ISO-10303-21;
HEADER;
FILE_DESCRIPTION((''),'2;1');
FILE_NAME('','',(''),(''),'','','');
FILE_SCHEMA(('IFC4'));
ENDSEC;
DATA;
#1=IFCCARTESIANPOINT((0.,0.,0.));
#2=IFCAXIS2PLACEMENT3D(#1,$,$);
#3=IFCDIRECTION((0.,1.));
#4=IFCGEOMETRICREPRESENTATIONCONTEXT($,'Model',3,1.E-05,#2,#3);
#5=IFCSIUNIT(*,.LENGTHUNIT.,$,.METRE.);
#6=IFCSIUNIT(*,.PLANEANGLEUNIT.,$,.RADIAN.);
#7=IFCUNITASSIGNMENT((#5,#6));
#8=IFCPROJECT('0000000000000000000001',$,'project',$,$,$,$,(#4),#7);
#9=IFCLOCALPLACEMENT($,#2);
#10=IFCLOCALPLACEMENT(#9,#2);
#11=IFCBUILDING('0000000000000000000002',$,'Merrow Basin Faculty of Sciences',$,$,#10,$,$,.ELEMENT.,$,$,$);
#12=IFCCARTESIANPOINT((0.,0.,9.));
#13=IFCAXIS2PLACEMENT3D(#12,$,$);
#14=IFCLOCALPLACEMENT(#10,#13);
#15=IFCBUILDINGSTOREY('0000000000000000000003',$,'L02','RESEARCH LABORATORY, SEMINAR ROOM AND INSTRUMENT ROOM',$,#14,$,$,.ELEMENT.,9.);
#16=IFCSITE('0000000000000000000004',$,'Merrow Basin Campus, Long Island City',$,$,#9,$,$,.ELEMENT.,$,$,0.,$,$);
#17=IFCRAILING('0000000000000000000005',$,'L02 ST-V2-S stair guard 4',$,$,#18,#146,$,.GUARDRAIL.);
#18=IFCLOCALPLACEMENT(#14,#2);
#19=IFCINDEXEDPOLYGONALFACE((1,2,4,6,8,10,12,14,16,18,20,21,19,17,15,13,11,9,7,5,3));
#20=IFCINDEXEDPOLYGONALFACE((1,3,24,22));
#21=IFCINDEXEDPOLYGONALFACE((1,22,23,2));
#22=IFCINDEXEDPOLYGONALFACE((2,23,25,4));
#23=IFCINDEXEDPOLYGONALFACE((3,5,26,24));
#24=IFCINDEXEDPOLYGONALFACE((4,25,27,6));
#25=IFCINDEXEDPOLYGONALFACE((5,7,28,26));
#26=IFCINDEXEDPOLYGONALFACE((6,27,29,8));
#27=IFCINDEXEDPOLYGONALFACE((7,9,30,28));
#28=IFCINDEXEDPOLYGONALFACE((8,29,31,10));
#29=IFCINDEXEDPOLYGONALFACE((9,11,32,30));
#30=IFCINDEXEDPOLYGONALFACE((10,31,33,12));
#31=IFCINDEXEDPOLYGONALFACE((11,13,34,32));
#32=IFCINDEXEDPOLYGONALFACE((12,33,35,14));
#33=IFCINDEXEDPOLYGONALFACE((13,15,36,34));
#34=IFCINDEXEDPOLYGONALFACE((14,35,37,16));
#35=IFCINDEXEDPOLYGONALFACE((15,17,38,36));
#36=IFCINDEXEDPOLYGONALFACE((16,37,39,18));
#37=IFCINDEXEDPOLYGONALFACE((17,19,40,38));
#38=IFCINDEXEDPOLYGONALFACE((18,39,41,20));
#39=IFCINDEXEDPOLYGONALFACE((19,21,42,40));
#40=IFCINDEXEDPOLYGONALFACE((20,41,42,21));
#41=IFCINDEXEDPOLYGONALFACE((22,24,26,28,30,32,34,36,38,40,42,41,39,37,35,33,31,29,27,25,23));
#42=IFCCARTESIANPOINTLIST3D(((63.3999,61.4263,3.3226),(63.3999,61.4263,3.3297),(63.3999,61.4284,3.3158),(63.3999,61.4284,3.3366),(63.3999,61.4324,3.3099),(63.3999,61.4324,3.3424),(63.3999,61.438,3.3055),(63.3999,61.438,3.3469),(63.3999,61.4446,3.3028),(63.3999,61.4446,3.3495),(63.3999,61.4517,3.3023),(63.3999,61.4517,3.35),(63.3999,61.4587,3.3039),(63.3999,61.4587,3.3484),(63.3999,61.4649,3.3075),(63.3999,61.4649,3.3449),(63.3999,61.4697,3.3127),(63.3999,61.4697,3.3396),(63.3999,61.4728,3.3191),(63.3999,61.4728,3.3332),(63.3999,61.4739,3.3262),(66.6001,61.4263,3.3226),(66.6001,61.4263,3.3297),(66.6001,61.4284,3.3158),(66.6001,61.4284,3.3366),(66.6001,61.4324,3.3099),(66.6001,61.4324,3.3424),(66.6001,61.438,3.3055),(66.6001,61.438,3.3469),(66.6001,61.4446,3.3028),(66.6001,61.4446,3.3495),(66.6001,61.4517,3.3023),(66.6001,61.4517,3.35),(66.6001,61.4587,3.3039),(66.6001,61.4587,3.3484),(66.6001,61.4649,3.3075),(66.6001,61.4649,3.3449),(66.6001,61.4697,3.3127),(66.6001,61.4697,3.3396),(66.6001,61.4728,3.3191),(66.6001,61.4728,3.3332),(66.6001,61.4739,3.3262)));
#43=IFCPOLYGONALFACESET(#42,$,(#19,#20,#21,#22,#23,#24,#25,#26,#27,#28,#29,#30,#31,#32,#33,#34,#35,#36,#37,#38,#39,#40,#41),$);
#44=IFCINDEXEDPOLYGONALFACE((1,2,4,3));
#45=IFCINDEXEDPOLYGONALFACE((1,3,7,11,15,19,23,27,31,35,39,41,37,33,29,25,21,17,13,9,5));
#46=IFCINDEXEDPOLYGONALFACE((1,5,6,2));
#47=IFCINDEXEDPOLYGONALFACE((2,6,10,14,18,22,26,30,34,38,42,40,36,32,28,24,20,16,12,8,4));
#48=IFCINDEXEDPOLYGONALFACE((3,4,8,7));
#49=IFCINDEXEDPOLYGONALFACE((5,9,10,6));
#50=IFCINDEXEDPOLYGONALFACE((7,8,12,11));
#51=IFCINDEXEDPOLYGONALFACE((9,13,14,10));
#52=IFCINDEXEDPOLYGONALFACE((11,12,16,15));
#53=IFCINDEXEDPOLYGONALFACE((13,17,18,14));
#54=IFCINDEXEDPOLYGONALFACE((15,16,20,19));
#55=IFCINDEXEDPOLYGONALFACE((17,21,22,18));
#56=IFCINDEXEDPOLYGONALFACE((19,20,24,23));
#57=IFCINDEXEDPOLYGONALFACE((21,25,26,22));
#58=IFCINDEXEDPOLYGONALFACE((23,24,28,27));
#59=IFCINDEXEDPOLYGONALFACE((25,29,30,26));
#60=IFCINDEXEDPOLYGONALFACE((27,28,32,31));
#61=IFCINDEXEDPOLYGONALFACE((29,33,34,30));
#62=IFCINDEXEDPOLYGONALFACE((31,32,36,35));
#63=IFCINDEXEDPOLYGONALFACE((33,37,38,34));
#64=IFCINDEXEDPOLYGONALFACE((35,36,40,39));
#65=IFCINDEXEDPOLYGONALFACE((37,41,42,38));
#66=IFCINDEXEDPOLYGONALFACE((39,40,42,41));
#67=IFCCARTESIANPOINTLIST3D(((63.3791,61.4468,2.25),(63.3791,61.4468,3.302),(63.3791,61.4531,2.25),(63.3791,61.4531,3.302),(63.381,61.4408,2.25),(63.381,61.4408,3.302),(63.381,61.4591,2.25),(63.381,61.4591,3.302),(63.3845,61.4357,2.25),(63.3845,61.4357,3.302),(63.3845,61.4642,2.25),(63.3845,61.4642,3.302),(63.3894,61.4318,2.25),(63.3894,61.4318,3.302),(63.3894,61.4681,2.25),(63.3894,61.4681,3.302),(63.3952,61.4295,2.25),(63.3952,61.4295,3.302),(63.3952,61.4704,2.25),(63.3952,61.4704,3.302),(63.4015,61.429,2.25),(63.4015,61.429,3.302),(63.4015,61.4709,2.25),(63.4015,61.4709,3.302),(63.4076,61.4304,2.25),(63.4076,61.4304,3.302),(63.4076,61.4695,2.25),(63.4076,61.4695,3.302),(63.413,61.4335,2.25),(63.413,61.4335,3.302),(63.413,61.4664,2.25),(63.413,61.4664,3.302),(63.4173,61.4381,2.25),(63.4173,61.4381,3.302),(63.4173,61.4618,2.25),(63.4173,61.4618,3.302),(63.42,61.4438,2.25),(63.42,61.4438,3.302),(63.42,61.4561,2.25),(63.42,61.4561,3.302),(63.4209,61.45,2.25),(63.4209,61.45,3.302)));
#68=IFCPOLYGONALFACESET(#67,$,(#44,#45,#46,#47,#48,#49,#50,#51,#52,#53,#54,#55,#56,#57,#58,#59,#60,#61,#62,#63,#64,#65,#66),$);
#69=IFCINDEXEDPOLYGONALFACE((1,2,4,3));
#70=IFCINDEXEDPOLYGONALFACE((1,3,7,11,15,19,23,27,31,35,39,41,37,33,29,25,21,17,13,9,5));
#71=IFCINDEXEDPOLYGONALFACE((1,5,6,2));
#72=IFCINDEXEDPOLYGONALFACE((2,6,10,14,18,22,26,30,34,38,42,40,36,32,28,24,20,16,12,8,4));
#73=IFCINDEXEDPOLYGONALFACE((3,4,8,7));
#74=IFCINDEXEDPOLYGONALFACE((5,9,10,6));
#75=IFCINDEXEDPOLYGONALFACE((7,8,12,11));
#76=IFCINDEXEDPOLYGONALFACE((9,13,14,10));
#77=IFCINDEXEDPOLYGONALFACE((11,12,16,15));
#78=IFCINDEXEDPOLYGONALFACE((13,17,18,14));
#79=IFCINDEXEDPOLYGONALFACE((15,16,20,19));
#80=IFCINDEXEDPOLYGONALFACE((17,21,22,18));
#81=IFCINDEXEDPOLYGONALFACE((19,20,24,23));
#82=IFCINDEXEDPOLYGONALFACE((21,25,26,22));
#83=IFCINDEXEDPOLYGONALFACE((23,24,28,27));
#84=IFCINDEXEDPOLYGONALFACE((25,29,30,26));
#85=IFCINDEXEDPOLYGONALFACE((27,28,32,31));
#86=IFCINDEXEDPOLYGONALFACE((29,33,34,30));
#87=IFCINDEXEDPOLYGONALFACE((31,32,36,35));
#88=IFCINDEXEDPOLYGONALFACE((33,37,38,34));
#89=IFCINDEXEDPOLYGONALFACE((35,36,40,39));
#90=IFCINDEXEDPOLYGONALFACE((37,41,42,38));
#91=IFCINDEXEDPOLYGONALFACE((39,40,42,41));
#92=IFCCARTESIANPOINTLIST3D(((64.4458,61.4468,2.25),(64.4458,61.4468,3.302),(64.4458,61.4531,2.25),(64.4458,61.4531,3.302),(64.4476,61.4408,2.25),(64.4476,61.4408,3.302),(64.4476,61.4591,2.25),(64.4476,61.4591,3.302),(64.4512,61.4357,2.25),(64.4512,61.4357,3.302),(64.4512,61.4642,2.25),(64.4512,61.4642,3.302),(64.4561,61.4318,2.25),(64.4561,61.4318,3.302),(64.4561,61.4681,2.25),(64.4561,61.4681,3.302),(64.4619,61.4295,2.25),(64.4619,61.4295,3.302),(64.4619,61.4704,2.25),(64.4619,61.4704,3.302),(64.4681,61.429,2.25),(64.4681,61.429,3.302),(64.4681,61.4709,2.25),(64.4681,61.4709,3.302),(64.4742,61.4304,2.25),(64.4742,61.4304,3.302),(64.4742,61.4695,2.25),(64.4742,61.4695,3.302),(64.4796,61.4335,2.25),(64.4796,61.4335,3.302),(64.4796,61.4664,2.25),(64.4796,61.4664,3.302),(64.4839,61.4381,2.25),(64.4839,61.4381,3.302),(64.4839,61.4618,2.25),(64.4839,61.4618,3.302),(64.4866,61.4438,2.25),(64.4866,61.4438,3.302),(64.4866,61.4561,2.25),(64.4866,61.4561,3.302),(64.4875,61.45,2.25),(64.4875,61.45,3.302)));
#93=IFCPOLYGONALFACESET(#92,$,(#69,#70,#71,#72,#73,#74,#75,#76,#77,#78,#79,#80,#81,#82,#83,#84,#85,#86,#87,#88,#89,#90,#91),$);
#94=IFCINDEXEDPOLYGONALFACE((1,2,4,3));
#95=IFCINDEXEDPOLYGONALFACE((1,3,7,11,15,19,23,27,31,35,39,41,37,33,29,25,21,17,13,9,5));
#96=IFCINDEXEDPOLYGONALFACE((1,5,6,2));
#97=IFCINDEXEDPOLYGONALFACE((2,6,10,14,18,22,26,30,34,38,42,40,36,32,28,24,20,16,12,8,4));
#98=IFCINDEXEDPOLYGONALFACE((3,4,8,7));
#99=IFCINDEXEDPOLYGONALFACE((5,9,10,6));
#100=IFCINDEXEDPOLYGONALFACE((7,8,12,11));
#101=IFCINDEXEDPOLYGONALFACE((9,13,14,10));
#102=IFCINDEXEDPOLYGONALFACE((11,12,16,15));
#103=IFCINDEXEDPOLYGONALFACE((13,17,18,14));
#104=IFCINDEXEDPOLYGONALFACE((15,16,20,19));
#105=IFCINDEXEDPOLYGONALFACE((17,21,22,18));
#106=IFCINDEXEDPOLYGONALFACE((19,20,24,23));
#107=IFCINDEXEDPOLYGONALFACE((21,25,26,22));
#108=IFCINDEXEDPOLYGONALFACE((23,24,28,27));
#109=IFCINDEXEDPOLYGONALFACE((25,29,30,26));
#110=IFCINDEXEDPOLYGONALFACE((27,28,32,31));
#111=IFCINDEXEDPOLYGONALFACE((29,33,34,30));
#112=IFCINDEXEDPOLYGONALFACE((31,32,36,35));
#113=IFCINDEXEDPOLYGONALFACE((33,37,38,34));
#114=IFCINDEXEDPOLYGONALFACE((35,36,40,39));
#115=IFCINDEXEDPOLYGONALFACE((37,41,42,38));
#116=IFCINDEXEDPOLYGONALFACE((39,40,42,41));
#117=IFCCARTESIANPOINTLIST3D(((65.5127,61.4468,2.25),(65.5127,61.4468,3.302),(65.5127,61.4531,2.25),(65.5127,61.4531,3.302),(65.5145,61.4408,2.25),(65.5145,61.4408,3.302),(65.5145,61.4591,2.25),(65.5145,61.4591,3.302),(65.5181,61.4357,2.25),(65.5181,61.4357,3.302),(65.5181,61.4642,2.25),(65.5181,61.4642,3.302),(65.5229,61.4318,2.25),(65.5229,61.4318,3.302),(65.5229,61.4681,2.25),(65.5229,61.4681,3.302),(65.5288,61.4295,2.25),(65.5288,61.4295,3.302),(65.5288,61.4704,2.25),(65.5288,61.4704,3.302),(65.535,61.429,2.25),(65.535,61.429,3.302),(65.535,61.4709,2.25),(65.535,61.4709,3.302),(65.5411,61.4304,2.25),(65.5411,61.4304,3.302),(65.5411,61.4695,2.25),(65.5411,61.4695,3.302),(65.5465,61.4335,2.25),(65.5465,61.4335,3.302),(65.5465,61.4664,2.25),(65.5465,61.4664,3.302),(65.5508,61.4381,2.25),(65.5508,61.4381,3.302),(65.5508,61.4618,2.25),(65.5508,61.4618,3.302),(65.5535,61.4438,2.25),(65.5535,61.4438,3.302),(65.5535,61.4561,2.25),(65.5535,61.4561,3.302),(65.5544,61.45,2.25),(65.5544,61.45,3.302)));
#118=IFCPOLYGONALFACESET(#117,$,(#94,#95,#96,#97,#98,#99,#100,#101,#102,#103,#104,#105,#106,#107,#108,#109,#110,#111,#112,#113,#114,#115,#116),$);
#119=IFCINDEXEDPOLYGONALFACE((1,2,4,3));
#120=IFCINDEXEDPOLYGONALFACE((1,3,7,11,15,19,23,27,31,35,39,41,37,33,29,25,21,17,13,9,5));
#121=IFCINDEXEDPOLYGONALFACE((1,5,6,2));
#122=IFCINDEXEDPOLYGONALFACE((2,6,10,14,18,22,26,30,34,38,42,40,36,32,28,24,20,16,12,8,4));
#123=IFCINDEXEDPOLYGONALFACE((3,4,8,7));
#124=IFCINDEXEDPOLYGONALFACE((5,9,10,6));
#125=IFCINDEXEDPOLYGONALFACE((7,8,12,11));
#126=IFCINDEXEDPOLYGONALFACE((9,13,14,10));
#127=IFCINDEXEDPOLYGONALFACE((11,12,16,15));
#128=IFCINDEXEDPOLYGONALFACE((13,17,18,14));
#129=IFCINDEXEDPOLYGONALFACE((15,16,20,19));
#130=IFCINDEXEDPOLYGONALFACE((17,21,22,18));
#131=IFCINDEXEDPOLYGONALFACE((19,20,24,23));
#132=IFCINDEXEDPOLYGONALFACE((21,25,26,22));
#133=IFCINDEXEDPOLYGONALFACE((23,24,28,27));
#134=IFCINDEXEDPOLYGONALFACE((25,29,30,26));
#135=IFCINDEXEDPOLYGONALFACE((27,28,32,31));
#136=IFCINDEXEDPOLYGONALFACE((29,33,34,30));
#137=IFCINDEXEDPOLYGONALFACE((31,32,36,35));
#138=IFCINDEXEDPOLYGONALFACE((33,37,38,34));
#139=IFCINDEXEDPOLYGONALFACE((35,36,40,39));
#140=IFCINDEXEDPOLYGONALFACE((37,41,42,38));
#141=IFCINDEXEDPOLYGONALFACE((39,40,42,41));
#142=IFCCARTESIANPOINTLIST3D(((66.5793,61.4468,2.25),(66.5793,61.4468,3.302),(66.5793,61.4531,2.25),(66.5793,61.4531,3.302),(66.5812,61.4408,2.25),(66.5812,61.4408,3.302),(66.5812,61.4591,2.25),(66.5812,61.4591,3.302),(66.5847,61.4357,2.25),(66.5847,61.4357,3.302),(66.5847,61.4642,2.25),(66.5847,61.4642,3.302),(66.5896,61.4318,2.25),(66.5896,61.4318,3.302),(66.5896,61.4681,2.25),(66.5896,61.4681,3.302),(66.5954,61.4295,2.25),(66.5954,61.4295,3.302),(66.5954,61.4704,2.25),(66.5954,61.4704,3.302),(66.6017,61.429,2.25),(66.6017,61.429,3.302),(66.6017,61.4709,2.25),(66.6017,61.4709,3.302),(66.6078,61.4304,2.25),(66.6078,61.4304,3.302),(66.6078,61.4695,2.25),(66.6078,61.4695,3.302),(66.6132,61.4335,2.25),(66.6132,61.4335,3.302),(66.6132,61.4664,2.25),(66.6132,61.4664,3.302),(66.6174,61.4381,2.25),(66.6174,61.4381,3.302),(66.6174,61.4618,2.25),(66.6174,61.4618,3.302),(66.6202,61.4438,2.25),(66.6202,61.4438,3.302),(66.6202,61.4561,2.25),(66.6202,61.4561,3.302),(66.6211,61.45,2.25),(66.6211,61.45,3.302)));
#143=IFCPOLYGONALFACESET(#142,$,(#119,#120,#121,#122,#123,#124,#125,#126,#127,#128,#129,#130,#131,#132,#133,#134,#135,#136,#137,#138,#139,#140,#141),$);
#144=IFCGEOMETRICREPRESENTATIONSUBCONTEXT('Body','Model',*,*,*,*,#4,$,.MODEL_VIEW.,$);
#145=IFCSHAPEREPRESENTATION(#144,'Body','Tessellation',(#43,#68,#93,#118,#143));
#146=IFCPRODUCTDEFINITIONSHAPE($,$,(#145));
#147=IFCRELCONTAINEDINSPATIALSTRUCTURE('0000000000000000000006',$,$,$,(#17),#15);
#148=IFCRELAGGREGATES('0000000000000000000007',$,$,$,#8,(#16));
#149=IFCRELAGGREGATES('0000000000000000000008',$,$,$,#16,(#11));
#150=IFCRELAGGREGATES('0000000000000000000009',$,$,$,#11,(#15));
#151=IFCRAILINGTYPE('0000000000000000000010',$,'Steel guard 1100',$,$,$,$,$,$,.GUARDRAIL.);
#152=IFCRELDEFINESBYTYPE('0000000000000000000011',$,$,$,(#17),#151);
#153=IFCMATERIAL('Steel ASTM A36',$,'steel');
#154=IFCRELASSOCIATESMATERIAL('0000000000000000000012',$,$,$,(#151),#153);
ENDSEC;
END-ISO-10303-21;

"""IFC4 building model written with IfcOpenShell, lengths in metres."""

from ifc_helpers import new_model, si_unit, direction, frame, origin, origin_2d, place, context, subcontext, project, spatial, circle, extrude, material, type_object, element, save


model = new_model("IFC4")

# Units and contexts
model_context = context("Model", 3, precision=1e-05, world=origin(), true_north=direction((0.0, 1.0)))
body_context = subcontext(model_context, "Body", "Model", "MODEL_VIEW")
ifc_project = project(units=[si_unit("LENGTHUNIT", "METRE"), si_unit("PLANEANGLEUNIT", "RADIAN")], contexts=[model_context])

# Site, building, storey
site_placement = place(None, origin())
site = spatial("IfcSite", under=ifc_project, at=site_placement, Name="Merrow Basin Campus, Long Island City", CompositionType="ELEMENT", RefElevation=0.0)
building_placement = place(site_placement, origin())
building = spatial("IfcBuilding", under=site, at=building_placement, Name="Merrow Basin Faculty of Sciences", CompositionType="ELEMENT")
storey_placement = place(building_placement, frame((0.0, 0.0, 9.0)))
storey = spatial("IfcBuildingStorey", under=building, at=storey_placement, Name="L02", Description="RESEARCH LABORATORY, SEMINAR ROOM AND INSTRUMENT ROOM", CompositionType="ELEMENT", Elevation=9.0)

# Railing
ifc_material_1 = material(Name="Steel ASTM A36", Category="steel")
railing_type_1 = type_object("IfcRailingType", Name="Steel guard 1100", PredefinedType="GUARDRAIL", material=ifc_material_1)
railing_1_placement = place(storey_placement, frame((63.3999, 61.45, 2.25)))
element("IfcRailing", 1, at=railing_1_placement, inside=storey, type_object=railing_type_1, Name="L02 ST-V2-S stair guard 4", PredefinedType="GUARDRAIL", context=body_context, shape_type="SweptSolid", body=[
    extrude(circle(Radius=0.0239, at=origin_2d()), frame((0.0, 0.0, 1.0762), z_axis=(1.0, 0.0, 0.0), x_axis=(0.0, 1.0, 0.0)), (0.0, 0.0, 1.0), 3.2002),
    extrude(circle(Radius=0.021, at=origin_2d()), origin(), (0.0, 0.0, 1.0), 1.052),
    extrude(circle(Radius=0.021, at=origin_2d()), frame((1.0667, 0.0, 0.0)), (0.0, 0.0, 1.0), 1.052),
    extrude(circle(Radius=0.021, at=origin_2d()), frame((2.1335, 0.0, 0.0)), (0.0, 0.0, 1.0), 1.052),
    extrude(circle(Radius=0.021, at=origin_2d()), frame((3.2002, 0.0, 0.0)), (0.0, 0.0, 1.0), 1.052),
])

save(model, "model.ifc")
